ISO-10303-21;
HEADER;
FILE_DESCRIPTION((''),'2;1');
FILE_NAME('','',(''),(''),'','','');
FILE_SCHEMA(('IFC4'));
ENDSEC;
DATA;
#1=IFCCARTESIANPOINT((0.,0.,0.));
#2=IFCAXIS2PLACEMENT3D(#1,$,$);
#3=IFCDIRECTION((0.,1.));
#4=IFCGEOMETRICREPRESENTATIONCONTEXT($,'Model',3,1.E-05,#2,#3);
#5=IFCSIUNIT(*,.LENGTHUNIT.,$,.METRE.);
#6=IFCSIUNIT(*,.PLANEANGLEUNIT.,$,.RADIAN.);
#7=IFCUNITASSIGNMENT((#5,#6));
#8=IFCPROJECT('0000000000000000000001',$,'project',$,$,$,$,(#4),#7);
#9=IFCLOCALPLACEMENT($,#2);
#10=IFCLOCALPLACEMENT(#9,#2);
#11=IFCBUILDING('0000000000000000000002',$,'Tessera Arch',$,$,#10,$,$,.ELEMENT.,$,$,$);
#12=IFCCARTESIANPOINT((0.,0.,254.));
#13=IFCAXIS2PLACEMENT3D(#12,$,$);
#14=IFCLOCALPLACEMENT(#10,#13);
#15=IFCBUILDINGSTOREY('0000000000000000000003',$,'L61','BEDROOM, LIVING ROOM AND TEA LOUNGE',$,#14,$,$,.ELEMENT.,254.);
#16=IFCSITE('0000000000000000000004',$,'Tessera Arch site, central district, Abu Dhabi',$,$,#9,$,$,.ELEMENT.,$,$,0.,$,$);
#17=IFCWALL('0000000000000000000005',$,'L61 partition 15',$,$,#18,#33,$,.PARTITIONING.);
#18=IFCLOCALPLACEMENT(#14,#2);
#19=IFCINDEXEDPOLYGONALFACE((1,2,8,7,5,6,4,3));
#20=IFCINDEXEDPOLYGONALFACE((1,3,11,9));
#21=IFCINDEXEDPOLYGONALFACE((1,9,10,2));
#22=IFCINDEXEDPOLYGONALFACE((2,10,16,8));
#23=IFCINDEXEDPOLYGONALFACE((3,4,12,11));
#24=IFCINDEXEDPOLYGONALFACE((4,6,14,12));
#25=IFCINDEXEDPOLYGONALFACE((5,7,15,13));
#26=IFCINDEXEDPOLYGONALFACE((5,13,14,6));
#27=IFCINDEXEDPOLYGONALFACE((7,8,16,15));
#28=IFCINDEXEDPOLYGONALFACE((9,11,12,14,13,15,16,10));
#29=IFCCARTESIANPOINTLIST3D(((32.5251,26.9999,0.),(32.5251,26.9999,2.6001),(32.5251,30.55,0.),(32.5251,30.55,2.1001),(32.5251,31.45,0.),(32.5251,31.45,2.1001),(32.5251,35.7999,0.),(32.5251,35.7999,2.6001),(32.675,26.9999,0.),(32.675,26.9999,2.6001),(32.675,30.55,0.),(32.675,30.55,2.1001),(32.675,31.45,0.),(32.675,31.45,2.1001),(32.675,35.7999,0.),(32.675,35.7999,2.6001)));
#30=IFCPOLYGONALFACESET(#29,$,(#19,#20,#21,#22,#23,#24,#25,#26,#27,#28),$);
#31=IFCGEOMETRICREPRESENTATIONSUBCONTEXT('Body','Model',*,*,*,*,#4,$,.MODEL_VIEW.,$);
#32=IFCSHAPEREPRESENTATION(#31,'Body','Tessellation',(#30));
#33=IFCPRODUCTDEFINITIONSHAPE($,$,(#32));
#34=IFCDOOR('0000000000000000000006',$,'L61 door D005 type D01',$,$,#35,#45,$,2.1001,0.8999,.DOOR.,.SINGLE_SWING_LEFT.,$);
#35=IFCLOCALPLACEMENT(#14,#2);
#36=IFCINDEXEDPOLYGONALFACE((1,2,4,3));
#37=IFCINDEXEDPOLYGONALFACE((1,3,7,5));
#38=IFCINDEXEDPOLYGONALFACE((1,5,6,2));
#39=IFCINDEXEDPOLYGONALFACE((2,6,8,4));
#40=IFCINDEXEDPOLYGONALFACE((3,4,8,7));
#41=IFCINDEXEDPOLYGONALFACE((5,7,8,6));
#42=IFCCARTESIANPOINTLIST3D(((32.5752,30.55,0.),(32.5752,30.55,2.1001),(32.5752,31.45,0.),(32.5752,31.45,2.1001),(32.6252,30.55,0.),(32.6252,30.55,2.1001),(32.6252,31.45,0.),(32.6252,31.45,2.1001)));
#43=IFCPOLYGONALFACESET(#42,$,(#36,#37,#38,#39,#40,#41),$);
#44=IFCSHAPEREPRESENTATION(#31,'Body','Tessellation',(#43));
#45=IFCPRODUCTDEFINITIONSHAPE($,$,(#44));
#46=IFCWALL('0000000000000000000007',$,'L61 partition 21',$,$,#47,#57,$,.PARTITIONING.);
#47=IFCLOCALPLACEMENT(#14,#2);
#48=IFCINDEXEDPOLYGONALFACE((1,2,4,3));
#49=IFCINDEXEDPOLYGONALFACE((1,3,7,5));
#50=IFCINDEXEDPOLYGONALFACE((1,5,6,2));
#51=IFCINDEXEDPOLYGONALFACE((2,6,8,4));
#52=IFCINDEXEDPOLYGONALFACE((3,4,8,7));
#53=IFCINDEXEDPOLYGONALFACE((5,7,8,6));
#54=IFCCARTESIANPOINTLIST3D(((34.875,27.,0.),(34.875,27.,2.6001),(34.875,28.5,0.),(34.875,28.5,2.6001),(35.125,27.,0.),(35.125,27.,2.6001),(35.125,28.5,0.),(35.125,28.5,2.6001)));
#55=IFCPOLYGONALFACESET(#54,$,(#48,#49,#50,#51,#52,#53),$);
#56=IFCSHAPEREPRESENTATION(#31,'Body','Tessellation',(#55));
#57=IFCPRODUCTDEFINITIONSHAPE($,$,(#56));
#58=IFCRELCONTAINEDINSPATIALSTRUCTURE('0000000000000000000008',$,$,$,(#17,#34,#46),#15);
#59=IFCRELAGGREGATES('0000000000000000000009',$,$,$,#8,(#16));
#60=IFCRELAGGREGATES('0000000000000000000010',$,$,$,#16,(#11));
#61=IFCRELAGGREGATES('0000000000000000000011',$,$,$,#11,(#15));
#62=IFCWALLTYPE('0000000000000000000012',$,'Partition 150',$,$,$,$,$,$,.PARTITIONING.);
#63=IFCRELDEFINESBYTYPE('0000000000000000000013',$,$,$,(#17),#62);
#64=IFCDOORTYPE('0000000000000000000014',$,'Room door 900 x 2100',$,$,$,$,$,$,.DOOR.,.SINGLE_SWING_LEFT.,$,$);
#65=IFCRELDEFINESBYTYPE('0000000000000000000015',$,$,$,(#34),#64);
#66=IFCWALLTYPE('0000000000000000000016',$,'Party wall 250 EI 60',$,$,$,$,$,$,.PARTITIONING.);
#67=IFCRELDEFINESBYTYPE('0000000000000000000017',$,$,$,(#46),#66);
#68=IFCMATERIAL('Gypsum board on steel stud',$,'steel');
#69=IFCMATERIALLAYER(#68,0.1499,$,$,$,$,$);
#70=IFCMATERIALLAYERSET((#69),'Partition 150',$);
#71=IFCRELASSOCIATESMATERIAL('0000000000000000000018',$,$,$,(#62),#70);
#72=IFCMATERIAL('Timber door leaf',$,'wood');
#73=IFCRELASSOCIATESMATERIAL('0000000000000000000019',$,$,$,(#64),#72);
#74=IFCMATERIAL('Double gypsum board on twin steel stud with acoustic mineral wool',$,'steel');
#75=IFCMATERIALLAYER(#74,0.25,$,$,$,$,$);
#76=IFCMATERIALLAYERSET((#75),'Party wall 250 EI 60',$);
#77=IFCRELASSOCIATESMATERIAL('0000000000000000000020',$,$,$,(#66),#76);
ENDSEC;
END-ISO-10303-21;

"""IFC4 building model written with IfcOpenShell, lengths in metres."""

from ifc_helpers import new_model, si_unit, direction, frame, frame_2d, origin, place, context, subcontext, project, spatial, rectangle, extrude, material, layer, layer_set, type_object, element, fill, save


model = new_model("IFC4")

# Units and contexts
model_context = context("Model", 3, precision=1e-05, world=origin(), true_north=direction((0.0, 1.0)))
body_context = subcontext(model_context, "Body", "Model", "MODEL_VIEW")
ifc_project = project(units=[si_unit("LENGTHUNIT", "METRE"), si_unit("PLANEANGLEUNIT", "RADIAN")], contexts=[model_context])

# Site, building, storey
site_placement = place(None, origin())
site = spatial("IfcSite", under=ifc_project, at=site_placement, Name="Tessera Arch site, central district, Abu Dhabi", CompositionType="ELEMENT", RefElevation=0.0)
building_placement = place(site_placement, origin())
building = spatial("IfcBuilding", under=site, at=building_placement, Name="Tessera Arch", CompositionType="ELEMENT")
storey_placement = place(building_placement, frame((0.0, 0.0, 254.0)))
storey = spatial("IfcBuildingStorey", under=building, at=storey_placement, Name="L61", Description="BEDROOM, LIVING ROOM AND TEA LOUNGE", CompositionType="ELEMENT", Elevation=254.0)

# Shared definitions
ifc_material_1 = material(Name="Gypsum board on steel stud", Category="steel")
ifc_layer_1 = layer(ifc_material_1, 0.1499)
ifc_layer_set_1 = layer_set([ifc_layer_1], Name="Partition 150")
wall_type_1 = type_object("IfcWallType", Name="Partition 150", PredefinedType="PARTITIONING", material=ifc_layer_set_1)

# Wall, opening, door
wall_1_placement = place(storey_placement, frame((32.6001, 27.0, 0.0), z_axis=(0.0, 0.0, 1.0), x_axis=(0.0, 1.0, 0.0)))
wall_1 = element("IfcWall", 1, at=wall_1_placement, inside=storey, type_object=wall_type_1, Name="L61 partition 15", PredefinedType="PARTITIONING", context=body_context, shape_type="SweptSolid", body=[
    extrude(rectangle(XDim=8.8, YDim=0.1499, at=frame_2d((4.3999, 0.0))), origin(), (0.0, 0.0, 1.0), 2.6001),
])
opening_1_placement = place(wall_1_placement, frame((3.55, 0.0, 0.0)))
opening_1 = element("IfcOpeningElement", 2, at=opening_1_placement, cuts=wall_1, PredefinedType="OPENING", context=body_context, shape_type="SweptSolid", body=[
    extrude(rectangle(XDim=0.8999, YDim=2.1001, at=frame_2d((0.45, 1.05))), frame((0.0, 0.085, 0.0), z_axis=(0.0, -1.0, 0.0), x_axis=(1.0, 0.0, 0.0)), (0.0, 0.0, 1.0), 0.1699),
])
ifc_material_2 = material(Name="Timber door leaf", Category="wood")
door_type_1 = type_object("IfcDoorType", Name="Room door 900 x 2100", OperationType="SINGLE_SWING_LEFT", PredefinedType="DOOR", material=ifc_material_2)
door_1_placement = place(opening_1_placement, origin())
door_1 = element("IfcDoor", 3, at=door_1_placement, inside=storey, type_object=door_type_1, Name="L61 door D005 type D01", OperationType="SINGLE_SWING_LEFT", OverallHeight=2.1001, OverallWidth=0.8999, PredefinedType="DOOR", context=body_context, shape_type="SweptSolid", body=[
    extrude(rectangle(XDim=0.8999, YDim=2.1001, at=frame_2d((0.45, 1.05))), frame((0.0, 0.0249, 0.0), z_axis=(0.0, -1.0, 0.0), x_axis=(1.0, 0.0, 0.0)), (0.0, 0.0, 1.0), 0.05),
])
fill(opening_1, door_1)

# Wall
ifc_material_3 = material(Name="Double gypsum board on twin steel stud with acoustic mineral wool", Category="steel")
ifc_layer_2 = layer(ifc_material_3, 0.25)
ifc_layer_set_2 = layer_set([ifc_layer_2], Name="Party wall 250 EI 60")
wall_type_2 = type_object("IfcWallType", Name="Party wall 250 EI 60", PredefinedType="PARTITIONING", material=ifc_layer_set_2)
wall_2_placement = place(storey_placement, frame((35.0, 27.0, 0.0), z_axis=(0.0, 0.0, 1.0), x_axis=(0.0, 1.0, 0.0)))
element("IfcWall", 4, at=wall_2_placement, inside=storey, type_object=wall_type_2, Name="L61 partition 21", PredefinedType="PARTITIONING", context=body_context, shape_type="SweptSolid", body=[
    extrude(rectangle(XDim=1.5, YDim=0.25, at=frame_2d((0.75, 0.0))), origin(), (0.0, 0.0, 1.0), 2.6001),
])

save(model, "model.ifc")
